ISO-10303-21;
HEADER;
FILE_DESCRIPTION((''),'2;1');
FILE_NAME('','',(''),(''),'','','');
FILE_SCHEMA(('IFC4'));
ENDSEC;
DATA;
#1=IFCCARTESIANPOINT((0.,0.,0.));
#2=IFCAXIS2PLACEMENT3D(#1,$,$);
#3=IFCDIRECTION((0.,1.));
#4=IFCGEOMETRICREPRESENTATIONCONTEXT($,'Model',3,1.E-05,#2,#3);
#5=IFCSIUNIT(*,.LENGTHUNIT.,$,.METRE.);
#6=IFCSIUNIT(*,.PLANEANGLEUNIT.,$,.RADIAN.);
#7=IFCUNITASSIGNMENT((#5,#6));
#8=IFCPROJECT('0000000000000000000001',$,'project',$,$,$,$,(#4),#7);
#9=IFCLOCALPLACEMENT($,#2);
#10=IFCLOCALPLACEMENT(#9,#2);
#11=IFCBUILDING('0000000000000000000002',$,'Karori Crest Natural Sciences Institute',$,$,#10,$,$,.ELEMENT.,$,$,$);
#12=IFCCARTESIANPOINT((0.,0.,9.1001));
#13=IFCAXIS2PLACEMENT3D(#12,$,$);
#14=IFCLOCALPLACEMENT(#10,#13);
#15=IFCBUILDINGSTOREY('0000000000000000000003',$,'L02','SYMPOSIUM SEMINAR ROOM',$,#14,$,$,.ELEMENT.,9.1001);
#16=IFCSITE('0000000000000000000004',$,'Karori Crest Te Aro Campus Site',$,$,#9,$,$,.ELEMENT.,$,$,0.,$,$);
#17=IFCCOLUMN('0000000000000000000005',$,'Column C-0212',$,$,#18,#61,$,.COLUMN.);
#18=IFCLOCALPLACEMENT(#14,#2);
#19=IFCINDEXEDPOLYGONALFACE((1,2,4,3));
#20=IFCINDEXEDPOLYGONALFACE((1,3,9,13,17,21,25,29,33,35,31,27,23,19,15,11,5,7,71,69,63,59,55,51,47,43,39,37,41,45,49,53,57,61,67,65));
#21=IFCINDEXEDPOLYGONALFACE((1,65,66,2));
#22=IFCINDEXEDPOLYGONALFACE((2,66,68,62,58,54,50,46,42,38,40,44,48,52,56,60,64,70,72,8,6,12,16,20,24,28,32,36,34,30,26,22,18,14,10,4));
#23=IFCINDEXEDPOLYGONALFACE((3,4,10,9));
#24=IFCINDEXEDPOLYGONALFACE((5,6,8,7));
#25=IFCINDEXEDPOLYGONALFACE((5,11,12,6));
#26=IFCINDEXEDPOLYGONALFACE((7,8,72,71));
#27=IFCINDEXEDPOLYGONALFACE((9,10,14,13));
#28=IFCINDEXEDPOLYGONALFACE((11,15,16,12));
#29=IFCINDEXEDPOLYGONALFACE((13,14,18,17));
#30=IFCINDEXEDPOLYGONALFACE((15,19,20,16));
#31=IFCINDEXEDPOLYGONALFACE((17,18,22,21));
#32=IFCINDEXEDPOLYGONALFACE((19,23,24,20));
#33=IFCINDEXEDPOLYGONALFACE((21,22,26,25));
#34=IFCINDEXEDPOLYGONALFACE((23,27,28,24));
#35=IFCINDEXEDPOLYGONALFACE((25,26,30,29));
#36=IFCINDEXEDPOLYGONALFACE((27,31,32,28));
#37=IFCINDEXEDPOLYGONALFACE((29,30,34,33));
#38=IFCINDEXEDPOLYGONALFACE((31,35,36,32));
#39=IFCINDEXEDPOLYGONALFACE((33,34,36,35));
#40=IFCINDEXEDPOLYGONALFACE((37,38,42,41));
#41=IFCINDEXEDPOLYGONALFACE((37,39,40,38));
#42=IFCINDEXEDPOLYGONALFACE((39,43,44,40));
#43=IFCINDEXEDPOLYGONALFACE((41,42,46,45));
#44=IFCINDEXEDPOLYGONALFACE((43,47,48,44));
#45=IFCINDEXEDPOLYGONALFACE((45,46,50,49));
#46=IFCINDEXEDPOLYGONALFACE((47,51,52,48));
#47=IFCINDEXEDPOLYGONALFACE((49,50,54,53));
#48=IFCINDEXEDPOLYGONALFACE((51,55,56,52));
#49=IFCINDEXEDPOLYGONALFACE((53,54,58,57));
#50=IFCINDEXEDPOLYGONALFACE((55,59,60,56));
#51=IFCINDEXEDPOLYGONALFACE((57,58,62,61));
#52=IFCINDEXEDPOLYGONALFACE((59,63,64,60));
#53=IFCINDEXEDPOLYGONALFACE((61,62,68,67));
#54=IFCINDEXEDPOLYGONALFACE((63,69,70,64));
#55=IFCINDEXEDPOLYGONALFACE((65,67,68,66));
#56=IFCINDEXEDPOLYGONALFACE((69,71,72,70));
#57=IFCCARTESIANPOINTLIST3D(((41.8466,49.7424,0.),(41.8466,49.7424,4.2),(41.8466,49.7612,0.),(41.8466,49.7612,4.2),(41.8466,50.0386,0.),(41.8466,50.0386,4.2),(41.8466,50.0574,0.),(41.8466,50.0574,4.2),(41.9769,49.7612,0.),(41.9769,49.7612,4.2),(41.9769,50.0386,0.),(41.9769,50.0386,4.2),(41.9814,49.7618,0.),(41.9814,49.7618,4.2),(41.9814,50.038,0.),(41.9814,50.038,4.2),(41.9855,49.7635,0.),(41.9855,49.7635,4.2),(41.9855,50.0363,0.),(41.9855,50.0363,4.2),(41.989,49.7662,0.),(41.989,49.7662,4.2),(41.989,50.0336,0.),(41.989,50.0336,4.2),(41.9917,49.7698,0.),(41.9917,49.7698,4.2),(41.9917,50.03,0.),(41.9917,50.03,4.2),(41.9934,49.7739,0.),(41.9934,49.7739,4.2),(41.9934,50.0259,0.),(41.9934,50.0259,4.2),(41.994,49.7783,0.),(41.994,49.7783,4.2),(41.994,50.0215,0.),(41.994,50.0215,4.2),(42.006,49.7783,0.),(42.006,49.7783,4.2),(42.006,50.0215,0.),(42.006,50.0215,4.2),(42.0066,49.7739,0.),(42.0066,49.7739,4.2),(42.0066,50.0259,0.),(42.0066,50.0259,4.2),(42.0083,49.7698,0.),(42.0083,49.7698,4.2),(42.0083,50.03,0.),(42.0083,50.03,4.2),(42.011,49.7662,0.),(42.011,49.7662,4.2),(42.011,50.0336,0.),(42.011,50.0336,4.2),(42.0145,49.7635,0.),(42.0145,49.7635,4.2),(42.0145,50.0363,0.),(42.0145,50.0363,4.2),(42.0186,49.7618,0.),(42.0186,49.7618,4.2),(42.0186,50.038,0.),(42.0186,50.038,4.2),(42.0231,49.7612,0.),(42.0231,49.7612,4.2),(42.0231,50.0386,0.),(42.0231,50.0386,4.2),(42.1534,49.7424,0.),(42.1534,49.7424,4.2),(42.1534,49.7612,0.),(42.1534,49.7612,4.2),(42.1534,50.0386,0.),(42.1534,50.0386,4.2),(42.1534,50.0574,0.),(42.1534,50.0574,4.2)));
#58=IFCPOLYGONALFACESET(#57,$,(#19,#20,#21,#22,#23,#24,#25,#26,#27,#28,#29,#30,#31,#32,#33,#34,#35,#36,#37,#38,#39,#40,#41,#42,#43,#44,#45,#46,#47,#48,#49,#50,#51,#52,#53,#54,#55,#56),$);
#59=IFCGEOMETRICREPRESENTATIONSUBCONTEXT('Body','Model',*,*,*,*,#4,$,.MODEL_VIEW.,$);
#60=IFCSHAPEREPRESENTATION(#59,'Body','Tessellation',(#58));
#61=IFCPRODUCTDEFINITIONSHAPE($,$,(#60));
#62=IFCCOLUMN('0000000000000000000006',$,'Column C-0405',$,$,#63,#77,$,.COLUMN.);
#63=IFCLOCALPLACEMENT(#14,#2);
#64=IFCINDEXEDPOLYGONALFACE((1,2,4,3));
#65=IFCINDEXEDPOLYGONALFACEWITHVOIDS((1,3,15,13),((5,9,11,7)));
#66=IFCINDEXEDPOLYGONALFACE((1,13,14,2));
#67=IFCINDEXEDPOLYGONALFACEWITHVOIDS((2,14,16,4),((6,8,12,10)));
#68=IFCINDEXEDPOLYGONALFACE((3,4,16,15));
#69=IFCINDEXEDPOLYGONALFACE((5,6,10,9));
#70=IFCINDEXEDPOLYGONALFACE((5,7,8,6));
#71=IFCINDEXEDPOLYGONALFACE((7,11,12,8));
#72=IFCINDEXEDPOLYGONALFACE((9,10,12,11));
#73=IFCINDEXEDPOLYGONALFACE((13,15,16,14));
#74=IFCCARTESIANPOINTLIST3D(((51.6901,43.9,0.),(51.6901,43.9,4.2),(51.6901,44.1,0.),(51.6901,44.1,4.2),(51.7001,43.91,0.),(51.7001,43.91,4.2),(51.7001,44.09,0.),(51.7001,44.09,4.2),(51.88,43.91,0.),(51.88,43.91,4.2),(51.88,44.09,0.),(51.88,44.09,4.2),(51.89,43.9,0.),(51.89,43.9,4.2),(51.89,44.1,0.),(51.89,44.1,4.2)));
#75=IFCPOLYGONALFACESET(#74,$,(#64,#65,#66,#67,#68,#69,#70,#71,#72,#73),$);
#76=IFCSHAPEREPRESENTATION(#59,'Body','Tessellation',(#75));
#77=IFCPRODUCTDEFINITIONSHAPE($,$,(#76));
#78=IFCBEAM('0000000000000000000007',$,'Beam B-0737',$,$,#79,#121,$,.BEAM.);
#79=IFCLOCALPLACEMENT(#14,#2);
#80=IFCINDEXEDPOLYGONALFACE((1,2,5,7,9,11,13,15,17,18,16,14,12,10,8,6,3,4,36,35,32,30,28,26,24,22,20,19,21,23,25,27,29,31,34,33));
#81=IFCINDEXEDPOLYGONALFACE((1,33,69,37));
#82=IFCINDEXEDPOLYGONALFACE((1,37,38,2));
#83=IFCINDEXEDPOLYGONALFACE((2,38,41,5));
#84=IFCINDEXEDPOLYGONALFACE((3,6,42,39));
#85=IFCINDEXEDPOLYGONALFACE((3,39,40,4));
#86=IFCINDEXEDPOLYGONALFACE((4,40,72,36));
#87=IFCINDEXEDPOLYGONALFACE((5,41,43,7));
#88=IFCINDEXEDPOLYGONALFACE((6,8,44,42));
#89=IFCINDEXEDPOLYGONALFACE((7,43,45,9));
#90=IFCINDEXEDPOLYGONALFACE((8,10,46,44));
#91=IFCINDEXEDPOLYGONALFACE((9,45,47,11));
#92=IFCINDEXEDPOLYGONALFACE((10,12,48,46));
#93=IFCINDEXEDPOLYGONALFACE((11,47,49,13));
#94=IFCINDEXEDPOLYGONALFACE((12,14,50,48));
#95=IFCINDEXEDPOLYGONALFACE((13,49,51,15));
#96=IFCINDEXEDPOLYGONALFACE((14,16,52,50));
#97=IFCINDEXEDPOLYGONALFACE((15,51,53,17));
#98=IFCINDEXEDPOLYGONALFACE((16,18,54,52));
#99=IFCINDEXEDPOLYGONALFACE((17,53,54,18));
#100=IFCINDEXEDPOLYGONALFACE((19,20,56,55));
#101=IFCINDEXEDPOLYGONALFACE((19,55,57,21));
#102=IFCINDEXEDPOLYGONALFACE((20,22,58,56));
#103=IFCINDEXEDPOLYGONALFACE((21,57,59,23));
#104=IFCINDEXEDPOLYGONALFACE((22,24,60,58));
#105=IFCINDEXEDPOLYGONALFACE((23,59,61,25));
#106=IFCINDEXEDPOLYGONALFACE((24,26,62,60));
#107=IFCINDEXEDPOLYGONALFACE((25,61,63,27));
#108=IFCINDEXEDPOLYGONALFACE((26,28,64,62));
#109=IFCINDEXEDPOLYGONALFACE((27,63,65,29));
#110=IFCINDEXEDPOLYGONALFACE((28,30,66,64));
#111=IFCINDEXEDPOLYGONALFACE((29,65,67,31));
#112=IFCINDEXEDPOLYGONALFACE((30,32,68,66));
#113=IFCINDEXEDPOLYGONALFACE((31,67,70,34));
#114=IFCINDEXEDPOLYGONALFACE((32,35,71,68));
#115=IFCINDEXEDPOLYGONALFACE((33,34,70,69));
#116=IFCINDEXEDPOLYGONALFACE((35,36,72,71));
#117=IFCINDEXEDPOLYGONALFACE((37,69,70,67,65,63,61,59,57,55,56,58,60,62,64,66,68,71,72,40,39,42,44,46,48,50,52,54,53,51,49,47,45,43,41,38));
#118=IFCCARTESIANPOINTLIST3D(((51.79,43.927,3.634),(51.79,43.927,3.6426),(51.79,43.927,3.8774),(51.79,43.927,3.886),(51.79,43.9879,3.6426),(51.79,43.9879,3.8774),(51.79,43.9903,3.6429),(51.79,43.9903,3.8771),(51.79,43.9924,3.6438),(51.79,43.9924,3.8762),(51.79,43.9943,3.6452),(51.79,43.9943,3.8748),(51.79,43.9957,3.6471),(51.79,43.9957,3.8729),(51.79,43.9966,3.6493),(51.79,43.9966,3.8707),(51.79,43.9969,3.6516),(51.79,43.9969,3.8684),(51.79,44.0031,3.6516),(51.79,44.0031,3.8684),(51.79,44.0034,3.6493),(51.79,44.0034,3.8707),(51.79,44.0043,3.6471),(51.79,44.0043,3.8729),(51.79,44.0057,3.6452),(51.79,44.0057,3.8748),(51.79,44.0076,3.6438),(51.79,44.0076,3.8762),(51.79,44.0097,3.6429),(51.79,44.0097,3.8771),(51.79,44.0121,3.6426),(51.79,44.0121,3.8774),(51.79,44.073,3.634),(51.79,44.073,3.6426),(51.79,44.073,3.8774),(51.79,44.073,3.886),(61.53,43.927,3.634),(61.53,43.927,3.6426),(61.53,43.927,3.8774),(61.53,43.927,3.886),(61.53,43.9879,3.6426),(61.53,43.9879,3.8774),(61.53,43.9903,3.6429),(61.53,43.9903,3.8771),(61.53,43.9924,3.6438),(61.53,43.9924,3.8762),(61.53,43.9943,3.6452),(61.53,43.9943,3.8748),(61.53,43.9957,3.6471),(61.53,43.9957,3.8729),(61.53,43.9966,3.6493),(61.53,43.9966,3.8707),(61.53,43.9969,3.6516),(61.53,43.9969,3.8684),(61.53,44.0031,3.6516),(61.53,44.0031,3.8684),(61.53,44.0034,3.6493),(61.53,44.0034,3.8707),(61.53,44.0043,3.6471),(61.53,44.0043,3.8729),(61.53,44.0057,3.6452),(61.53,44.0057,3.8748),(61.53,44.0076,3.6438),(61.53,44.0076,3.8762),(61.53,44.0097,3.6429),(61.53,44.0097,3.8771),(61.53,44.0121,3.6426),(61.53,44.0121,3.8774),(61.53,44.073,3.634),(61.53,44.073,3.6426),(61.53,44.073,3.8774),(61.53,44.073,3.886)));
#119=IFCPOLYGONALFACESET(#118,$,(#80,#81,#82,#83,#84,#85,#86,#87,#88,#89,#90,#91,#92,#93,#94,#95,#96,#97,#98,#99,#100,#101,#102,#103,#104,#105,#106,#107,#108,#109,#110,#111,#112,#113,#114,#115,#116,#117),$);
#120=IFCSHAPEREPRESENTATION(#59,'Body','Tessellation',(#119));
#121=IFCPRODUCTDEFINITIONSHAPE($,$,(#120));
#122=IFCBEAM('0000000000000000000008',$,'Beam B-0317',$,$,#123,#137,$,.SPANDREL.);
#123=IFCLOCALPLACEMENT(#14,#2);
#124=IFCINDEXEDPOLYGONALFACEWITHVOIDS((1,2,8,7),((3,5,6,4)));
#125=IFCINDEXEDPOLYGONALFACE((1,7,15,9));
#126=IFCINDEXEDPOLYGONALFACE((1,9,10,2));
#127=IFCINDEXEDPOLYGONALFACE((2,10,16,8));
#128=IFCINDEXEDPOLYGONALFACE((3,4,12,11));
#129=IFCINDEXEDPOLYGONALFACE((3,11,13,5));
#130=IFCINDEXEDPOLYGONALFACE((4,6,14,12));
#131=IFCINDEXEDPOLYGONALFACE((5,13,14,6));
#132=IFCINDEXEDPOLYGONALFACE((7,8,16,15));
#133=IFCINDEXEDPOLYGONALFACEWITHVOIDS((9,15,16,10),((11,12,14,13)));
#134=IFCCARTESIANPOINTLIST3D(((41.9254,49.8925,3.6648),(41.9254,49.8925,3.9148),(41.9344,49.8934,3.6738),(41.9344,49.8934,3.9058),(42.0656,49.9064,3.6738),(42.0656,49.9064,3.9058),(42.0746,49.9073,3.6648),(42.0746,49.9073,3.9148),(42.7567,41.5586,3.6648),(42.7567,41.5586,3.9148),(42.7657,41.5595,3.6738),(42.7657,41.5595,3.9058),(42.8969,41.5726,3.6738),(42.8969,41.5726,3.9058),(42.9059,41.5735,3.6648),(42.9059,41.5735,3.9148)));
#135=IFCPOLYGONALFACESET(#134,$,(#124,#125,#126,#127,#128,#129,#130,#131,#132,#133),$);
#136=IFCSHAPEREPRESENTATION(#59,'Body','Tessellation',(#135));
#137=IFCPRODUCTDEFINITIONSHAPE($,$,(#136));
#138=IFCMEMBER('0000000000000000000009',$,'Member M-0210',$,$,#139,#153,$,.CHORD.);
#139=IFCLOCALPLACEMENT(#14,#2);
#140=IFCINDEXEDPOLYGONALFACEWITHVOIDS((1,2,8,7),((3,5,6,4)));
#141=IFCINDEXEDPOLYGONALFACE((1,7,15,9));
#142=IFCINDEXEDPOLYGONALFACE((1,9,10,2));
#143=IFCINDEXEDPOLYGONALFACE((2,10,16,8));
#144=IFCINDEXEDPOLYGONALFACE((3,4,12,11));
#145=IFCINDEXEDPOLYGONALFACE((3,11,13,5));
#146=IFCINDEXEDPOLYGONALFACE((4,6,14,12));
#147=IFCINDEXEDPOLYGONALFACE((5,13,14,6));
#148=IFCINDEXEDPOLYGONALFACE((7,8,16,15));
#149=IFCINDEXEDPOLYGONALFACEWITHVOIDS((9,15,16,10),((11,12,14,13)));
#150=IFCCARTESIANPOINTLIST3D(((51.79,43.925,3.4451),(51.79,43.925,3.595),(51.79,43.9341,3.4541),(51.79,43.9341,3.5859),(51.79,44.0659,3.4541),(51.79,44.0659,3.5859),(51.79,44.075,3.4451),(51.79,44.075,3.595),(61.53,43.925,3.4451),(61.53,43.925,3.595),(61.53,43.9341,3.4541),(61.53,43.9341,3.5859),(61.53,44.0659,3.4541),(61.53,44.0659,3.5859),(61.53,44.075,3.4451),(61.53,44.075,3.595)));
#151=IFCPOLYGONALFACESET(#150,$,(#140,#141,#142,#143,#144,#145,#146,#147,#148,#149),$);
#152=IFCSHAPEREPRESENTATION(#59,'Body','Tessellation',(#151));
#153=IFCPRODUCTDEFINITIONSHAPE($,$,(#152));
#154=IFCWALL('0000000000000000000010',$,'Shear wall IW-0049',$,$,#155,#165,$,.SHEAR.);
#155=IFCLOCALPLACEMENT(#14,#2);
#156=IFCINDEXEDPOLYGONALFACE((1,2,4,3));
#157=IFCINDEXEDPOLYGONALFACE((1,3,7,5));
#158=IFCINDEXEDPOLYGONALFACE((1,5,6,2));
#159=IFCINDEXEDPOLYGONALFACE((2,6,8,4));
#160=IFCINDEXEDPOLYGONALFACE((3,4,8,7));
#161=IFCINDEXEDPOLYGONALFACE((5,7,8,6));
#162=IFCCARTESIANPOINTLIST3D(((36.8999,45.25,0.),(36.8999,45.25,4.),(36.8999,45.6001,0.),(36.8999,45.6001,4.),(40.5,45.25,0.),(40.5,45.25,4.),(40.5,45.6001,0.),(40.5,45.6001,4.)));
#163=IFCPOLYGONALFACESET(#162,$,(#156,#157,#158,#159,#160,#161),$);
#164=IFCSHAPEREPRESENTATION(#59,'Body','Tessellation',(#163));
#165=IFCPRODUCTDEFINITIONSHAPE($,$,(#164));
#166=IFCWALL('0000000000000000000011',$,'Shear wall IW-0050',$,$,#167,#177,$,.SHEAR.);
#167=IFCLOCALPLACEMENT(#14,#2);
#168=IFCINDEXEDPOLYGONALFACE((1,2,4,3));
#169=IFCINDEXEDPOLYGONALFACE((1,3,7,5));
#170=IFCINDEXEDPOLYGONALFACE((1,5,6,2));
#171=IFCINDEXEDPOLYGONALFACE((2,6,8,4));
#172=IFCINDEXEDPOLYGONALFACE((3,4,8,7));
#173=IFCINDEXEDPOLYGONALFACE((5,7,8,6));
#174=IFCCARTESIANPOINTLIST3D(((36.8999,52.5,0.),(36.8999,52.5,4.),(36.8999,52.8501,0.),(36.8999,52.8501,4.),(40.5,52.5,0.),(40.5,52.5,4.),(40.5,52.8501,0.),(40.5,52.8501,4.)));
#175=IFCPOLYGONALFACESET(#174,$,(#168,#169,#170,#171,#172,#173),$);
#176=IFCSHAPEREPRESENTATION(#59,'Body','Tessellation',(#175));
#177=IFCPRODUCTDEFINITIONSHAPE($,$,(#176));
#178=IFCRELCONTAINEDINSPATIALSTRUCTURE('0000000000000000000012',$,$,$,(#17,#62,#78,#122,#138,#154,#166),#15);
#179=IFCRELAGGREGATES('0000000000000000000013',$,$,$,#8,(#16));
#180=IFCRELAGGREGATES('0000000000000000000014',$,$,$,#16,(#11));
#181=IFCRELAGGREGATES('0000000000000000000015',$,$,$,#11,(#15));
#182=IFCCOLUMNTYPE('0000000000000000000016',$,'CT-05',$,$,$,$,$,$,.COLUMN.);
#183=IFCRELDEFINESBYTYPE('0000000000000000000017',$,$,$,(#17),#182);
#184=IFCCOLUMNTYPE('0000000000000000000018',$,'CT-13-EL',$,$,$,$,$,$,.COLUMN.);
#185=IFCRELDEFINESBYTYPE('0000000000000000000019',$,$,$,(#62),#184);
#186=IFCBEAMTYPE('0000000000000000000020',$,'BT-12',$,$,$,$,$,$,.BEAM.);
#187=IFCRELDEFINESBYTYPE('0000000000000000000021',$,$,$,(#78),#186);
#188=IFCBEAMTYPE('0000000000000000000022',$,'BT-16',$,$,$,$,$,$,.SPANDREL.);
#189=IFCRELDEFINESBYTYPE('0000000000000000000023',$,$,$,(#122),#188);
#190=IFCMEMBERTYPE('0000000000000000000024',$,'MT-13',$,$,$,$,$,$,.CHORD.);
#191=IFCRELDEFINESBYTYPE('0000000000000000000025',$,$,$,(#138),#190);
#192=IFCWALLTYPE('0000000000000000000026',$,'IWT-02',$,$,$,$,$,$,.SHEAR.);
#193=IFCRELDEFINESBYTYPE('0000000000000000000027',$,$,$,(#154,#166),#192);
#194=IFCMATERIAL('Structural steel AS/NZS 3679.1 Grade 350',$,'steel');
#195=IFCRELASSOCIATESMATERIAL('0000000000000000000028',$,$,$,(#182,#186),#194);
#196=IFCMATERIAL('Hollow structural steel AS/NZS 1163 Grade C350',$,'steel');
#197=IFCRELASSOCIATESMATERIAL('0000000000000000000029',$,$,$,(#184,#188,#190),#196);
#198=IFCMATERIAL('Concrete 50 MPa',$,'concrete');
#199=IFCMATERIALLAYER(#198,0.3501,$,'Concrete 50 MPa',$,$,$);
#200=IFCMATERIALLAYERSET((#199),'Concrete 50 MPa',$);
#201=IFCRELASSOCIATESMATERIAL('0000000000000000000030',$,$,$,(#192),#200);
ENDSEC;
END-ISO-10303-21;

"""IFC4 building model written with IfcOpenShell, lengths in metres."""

from ifc_helpers import new_model, si_unit, direction, frame, frame_2d, origin, origin_2d, place, context, subcontext, project, spatial, rectangle, hollow_rectangle, i_section, extrude, material, layer, layer_set, material_profile, profile_set, type_object, element, save


model = new_model("IFC4")

# Units and contexts
model_context = context("Model", 3, precision=1e-05, world=origin(), true_north=direction((0.0, 1.0)))
body_context = subcontext(model_context, "Body", "Model", "MODEL_VIEW")
ifc_project = project(units=[si_unit("LENGTHUNIT", "METRE"), si_unit("PLANEANGLEUNIT", "RADIAN")], contexts=[model_context])

# Site, building, storey
site_placement = place(None, origin())
site = spatial("IfcSite", under=ifc_project, at=site_placement, Name="Karori Crest Te Aro Campus Site", CompositionType="ELEMENT", RefElevation=0.0)
building_placement = place(site_placement, origin())
building = spatial("IfcBuilding", under=site, at=building_placement, Name="Karori Crest Natural Sciences Institute", CompositionType="ELEMENT")
storey_placement = place(building_placement, frame((0.0, 0.0, 9.1001)))
storey = spatial("IfcBuildingStorey", under=building, at=storey_placement, Name="L02", Description="SYMPOSIUM SEMINAR ROOM", CompositionType="ELEMENT", Elevation=9.1001)

# Columns
ifc_material_1 = material(Name="Structural steel AS/NZS 3679.1 Grade 350", Category="steel")
ifc_material_profile_1 = material_profile(ifc_material_1, i_section(OverallWidth=0.3069, OverallDepth=0.3149, WebThickness=0.012, FlangeThickness=0.0188, FilletRadius=0.0171, at=origin_2d()), Name="310UC118")
ifc_profile_set_1 = profile_set([ifc_material_profile_1], Name="Structural steel AS/NZS 3679.1 Grade 350")
column_type_1 = type_object("IfcColumnType", Name="CT-05", PredefinedType="COLUMN", material=ifc_profile_set_1)
column_1_placement = place(storey_placement, frame((42.0, 49.8999, 0.0), z_axis=(0.0, 0.0, 1.0), x_axis=(1.0, 0.0, 0.0)))
element("IfcColumn", 1, at=column_1_placement, inside=storey, type_object=column_type_1, Name="Column C-0212", PredefinedType="COLUMN", context=body_context, shape_type="SweptSolid", body=[
    extrude(i_section(OverallWidth=0.3069, OverallDepth=0.3149, WebThickness=0.012, FlangeThickness=0.0188, FilletRadius=0.0171, at=origin_2d()), origin(), (0.0, 0.0, 1.0), 4.2),
])
ifc_material_2 = material(Name="Hollow structural steel AS/NZS 1163 Grade C350", Category="steel")
ifc_material_profile_2 = material_profile(ifc_material_2, hollow_rectangle(XDim=0.2, YDim=0.2, WallThickness=0.01, at=origin_2d()), Name="SHS200x200x10")
ifc_profile_set_2 = profile_set([ifc_material_profile_2], Name="Hollow structural steel AS/NZS 1163 Grade C350")
column_type_2 = type_object("IfcColumnType", Name="CT-13-EL", PredefinedType="COLUMN", material=ifc_profile_set_2)
column_2_placement = place(storey_placement, frame((51.79, 44.0, 0.0), z_axis=(0.0, 0.0, 1.0), x_axis=(1.0, 0.0, 0.0)))
element("IfcColumn", 2, at=column_2_placement, inside=storey, type_object=column_type_2, Name="Column C-0405", PredefinedType="COLUMN", context=body_context, shape_type="SweptSolid", body=[
    extrude(hollow_rectangle(XDim=0.2, YDim=0.2, WallThickness=0.01, at=origin_2d()), origin(), (0.0, 0.0, 1.0), 4.2),
])

# Beams
ifc_material_profile_3 = material_profile(ifc_material_1, i_section(OverallWidth=0.146, OverallDepth=0.252, WebThickness=0.0061, FlangeThickness=0.0085, FilletRadius=0.009, at=origin_2d()), Name="250UB31.4")
ifc_profile_set_3 = profile_set([ifc_material_profile_3], Name="Structural steel AS/NZS 3679.1 Grade 350")
beam_type_1 = type_object("IfcBeamType", Name="BT-12", PredefinedType="BEAM", material=ifc_profile_set_3)
beam_1_placement = place(storey_placement, frame((51.79, 44.0, 3.76), z_axis=(1.0, 0.0, 0.0), x_axis=(0.0, 1.0, 0.0)))
element("IfcBeam", 3, at=beam_1_placement, inside=storey, type_object=beam_type_1, Name="Beam B-0737", PredefinedType="BEAM", context=body_context, shape_type="SweptSolid", body=[
    extrude(i_section(OverallWidth=0.146, OverallDepth=0.252, WebThickness=0.0061, FlangeThickness=0.0085, FilletRadius=0.009, at=origin_2d()), origin(), (0.0, 0.0, 1.0), 9.74),
])
ifc_material_profile_4 = material_profile(ifc_material_2, hollow_rectangle(XDim=0.1499, YDim=0.25, WallThickness=0.009, at=origin_2d()), Name="RHS250x150x9")
ifc_profile_set_4 = profile_set([ifc_material_profile_4], Name="Hollow structural steel AS/NZS 1163 Grade C350")
beam_type_2 = type_object("IfcBeamType", Name="BT-16", PredefinedType="SPANDREL", material=ifc_profile_set_4)
beam_2_placement = place(storey_placement, frame((42.0, 49.8999, 3.7898), z_axis=(0.099256, -0.995062, 0.0), x_axis=(0.995062, 0.099256, 0.0)))
element("IfcBeam", 4, at=beam_2_placement, inside=storey, type_object=beam_type_2, Name="Beam B-0317", PredefinedType="SPANDREL", context=body_context, shape_type="SweptSolid", body=[
    extrude(hollow_rectangle(XDim=0.1499, YDim=0.25, WallThickness=0.009, at=origin_2d()), origin(), (0.0, 0.0, 1.0), 8.3752),
])

# Member
ifc_material_profile_5 = material_profile(ifc_material_2, hollow_rectangle(XDim=0.1499, YDim=0.1499, WallThickness=0.009, at=origin_2d()), Name="SHS150x150x9")
ifc_profile_set_5 = profile_set([ifc_material_profile_5], Name="Hollow structural steel AS/NZS 1163 Grade C350")
member_type = type_object("IfcMemberType", Name="MT-13", PredefinedType="CHORD", material=ifc_profile_set_5)
member_placement = place(storey_placement, frame((51.79, 44.0, 3.52), z_axis=(1.0, 0.0, 0.0), x_axis=(0.0, 1.0, 0.0)))
element("IfcMember", 5, at=member_placement, inside=storey, type_object=member_type, Name="Member M-0210", PredefinedType="CHORD", context=body_context, shape_type="SweptSolid", body=[
    extrude(hollow_rectangle(XDim=0.1499, YDim=0.1499, WallThickness=0.009, at=origin_2d()), origin(), (0.0, 0.0, 1.0), 9.74),
])

# Walls
ifc_material_3 = material(Name="Concrete 50 MPa", Category="concrete")
ifc_layer_1 = layer(ifc_material_3, 0.3501, Name="Concrete 50 MPa")
ifc_layer_set_1 = layer_set([ifc_layer_1], Name="Concrete 50 MPa")
wall_type_1 = type_object("IfcWallType", Name="IWT-02", PredefinedType="SHEAR", material=ifc_layer_set_1)
for number, where, z_axis, x_axis, name in (
    (6, (36.8999, 45.425, 0.0), (0.0, 0.0, 1.0), (1.0, 0.0, 0.0), "Shear wall IW-0049"),
    (7, (36.8999, 52.675, 0.0), (0.0, 0.0, 1.0), (1.0, 0.0, 0.0), "Shear wall IW-0050"),
):
    element("IfcWall", number, at=place(storey_placement, frame(where, z_axis=z_axis, x_axis=x_axis)), inside=storey, type_object=wall_type_1, Name=name, PredefinedType="SHEAR", context=body_context, shape_type="SweptSolid", body=[
        extrude(rectangle(XDim=3.6001, YDim=0.3501, at=frame_2d((1.8, 0.0))), origin(), (0.0, 0.0, 1.0), 4.0),
    ])

save(model, "model.ifc")
